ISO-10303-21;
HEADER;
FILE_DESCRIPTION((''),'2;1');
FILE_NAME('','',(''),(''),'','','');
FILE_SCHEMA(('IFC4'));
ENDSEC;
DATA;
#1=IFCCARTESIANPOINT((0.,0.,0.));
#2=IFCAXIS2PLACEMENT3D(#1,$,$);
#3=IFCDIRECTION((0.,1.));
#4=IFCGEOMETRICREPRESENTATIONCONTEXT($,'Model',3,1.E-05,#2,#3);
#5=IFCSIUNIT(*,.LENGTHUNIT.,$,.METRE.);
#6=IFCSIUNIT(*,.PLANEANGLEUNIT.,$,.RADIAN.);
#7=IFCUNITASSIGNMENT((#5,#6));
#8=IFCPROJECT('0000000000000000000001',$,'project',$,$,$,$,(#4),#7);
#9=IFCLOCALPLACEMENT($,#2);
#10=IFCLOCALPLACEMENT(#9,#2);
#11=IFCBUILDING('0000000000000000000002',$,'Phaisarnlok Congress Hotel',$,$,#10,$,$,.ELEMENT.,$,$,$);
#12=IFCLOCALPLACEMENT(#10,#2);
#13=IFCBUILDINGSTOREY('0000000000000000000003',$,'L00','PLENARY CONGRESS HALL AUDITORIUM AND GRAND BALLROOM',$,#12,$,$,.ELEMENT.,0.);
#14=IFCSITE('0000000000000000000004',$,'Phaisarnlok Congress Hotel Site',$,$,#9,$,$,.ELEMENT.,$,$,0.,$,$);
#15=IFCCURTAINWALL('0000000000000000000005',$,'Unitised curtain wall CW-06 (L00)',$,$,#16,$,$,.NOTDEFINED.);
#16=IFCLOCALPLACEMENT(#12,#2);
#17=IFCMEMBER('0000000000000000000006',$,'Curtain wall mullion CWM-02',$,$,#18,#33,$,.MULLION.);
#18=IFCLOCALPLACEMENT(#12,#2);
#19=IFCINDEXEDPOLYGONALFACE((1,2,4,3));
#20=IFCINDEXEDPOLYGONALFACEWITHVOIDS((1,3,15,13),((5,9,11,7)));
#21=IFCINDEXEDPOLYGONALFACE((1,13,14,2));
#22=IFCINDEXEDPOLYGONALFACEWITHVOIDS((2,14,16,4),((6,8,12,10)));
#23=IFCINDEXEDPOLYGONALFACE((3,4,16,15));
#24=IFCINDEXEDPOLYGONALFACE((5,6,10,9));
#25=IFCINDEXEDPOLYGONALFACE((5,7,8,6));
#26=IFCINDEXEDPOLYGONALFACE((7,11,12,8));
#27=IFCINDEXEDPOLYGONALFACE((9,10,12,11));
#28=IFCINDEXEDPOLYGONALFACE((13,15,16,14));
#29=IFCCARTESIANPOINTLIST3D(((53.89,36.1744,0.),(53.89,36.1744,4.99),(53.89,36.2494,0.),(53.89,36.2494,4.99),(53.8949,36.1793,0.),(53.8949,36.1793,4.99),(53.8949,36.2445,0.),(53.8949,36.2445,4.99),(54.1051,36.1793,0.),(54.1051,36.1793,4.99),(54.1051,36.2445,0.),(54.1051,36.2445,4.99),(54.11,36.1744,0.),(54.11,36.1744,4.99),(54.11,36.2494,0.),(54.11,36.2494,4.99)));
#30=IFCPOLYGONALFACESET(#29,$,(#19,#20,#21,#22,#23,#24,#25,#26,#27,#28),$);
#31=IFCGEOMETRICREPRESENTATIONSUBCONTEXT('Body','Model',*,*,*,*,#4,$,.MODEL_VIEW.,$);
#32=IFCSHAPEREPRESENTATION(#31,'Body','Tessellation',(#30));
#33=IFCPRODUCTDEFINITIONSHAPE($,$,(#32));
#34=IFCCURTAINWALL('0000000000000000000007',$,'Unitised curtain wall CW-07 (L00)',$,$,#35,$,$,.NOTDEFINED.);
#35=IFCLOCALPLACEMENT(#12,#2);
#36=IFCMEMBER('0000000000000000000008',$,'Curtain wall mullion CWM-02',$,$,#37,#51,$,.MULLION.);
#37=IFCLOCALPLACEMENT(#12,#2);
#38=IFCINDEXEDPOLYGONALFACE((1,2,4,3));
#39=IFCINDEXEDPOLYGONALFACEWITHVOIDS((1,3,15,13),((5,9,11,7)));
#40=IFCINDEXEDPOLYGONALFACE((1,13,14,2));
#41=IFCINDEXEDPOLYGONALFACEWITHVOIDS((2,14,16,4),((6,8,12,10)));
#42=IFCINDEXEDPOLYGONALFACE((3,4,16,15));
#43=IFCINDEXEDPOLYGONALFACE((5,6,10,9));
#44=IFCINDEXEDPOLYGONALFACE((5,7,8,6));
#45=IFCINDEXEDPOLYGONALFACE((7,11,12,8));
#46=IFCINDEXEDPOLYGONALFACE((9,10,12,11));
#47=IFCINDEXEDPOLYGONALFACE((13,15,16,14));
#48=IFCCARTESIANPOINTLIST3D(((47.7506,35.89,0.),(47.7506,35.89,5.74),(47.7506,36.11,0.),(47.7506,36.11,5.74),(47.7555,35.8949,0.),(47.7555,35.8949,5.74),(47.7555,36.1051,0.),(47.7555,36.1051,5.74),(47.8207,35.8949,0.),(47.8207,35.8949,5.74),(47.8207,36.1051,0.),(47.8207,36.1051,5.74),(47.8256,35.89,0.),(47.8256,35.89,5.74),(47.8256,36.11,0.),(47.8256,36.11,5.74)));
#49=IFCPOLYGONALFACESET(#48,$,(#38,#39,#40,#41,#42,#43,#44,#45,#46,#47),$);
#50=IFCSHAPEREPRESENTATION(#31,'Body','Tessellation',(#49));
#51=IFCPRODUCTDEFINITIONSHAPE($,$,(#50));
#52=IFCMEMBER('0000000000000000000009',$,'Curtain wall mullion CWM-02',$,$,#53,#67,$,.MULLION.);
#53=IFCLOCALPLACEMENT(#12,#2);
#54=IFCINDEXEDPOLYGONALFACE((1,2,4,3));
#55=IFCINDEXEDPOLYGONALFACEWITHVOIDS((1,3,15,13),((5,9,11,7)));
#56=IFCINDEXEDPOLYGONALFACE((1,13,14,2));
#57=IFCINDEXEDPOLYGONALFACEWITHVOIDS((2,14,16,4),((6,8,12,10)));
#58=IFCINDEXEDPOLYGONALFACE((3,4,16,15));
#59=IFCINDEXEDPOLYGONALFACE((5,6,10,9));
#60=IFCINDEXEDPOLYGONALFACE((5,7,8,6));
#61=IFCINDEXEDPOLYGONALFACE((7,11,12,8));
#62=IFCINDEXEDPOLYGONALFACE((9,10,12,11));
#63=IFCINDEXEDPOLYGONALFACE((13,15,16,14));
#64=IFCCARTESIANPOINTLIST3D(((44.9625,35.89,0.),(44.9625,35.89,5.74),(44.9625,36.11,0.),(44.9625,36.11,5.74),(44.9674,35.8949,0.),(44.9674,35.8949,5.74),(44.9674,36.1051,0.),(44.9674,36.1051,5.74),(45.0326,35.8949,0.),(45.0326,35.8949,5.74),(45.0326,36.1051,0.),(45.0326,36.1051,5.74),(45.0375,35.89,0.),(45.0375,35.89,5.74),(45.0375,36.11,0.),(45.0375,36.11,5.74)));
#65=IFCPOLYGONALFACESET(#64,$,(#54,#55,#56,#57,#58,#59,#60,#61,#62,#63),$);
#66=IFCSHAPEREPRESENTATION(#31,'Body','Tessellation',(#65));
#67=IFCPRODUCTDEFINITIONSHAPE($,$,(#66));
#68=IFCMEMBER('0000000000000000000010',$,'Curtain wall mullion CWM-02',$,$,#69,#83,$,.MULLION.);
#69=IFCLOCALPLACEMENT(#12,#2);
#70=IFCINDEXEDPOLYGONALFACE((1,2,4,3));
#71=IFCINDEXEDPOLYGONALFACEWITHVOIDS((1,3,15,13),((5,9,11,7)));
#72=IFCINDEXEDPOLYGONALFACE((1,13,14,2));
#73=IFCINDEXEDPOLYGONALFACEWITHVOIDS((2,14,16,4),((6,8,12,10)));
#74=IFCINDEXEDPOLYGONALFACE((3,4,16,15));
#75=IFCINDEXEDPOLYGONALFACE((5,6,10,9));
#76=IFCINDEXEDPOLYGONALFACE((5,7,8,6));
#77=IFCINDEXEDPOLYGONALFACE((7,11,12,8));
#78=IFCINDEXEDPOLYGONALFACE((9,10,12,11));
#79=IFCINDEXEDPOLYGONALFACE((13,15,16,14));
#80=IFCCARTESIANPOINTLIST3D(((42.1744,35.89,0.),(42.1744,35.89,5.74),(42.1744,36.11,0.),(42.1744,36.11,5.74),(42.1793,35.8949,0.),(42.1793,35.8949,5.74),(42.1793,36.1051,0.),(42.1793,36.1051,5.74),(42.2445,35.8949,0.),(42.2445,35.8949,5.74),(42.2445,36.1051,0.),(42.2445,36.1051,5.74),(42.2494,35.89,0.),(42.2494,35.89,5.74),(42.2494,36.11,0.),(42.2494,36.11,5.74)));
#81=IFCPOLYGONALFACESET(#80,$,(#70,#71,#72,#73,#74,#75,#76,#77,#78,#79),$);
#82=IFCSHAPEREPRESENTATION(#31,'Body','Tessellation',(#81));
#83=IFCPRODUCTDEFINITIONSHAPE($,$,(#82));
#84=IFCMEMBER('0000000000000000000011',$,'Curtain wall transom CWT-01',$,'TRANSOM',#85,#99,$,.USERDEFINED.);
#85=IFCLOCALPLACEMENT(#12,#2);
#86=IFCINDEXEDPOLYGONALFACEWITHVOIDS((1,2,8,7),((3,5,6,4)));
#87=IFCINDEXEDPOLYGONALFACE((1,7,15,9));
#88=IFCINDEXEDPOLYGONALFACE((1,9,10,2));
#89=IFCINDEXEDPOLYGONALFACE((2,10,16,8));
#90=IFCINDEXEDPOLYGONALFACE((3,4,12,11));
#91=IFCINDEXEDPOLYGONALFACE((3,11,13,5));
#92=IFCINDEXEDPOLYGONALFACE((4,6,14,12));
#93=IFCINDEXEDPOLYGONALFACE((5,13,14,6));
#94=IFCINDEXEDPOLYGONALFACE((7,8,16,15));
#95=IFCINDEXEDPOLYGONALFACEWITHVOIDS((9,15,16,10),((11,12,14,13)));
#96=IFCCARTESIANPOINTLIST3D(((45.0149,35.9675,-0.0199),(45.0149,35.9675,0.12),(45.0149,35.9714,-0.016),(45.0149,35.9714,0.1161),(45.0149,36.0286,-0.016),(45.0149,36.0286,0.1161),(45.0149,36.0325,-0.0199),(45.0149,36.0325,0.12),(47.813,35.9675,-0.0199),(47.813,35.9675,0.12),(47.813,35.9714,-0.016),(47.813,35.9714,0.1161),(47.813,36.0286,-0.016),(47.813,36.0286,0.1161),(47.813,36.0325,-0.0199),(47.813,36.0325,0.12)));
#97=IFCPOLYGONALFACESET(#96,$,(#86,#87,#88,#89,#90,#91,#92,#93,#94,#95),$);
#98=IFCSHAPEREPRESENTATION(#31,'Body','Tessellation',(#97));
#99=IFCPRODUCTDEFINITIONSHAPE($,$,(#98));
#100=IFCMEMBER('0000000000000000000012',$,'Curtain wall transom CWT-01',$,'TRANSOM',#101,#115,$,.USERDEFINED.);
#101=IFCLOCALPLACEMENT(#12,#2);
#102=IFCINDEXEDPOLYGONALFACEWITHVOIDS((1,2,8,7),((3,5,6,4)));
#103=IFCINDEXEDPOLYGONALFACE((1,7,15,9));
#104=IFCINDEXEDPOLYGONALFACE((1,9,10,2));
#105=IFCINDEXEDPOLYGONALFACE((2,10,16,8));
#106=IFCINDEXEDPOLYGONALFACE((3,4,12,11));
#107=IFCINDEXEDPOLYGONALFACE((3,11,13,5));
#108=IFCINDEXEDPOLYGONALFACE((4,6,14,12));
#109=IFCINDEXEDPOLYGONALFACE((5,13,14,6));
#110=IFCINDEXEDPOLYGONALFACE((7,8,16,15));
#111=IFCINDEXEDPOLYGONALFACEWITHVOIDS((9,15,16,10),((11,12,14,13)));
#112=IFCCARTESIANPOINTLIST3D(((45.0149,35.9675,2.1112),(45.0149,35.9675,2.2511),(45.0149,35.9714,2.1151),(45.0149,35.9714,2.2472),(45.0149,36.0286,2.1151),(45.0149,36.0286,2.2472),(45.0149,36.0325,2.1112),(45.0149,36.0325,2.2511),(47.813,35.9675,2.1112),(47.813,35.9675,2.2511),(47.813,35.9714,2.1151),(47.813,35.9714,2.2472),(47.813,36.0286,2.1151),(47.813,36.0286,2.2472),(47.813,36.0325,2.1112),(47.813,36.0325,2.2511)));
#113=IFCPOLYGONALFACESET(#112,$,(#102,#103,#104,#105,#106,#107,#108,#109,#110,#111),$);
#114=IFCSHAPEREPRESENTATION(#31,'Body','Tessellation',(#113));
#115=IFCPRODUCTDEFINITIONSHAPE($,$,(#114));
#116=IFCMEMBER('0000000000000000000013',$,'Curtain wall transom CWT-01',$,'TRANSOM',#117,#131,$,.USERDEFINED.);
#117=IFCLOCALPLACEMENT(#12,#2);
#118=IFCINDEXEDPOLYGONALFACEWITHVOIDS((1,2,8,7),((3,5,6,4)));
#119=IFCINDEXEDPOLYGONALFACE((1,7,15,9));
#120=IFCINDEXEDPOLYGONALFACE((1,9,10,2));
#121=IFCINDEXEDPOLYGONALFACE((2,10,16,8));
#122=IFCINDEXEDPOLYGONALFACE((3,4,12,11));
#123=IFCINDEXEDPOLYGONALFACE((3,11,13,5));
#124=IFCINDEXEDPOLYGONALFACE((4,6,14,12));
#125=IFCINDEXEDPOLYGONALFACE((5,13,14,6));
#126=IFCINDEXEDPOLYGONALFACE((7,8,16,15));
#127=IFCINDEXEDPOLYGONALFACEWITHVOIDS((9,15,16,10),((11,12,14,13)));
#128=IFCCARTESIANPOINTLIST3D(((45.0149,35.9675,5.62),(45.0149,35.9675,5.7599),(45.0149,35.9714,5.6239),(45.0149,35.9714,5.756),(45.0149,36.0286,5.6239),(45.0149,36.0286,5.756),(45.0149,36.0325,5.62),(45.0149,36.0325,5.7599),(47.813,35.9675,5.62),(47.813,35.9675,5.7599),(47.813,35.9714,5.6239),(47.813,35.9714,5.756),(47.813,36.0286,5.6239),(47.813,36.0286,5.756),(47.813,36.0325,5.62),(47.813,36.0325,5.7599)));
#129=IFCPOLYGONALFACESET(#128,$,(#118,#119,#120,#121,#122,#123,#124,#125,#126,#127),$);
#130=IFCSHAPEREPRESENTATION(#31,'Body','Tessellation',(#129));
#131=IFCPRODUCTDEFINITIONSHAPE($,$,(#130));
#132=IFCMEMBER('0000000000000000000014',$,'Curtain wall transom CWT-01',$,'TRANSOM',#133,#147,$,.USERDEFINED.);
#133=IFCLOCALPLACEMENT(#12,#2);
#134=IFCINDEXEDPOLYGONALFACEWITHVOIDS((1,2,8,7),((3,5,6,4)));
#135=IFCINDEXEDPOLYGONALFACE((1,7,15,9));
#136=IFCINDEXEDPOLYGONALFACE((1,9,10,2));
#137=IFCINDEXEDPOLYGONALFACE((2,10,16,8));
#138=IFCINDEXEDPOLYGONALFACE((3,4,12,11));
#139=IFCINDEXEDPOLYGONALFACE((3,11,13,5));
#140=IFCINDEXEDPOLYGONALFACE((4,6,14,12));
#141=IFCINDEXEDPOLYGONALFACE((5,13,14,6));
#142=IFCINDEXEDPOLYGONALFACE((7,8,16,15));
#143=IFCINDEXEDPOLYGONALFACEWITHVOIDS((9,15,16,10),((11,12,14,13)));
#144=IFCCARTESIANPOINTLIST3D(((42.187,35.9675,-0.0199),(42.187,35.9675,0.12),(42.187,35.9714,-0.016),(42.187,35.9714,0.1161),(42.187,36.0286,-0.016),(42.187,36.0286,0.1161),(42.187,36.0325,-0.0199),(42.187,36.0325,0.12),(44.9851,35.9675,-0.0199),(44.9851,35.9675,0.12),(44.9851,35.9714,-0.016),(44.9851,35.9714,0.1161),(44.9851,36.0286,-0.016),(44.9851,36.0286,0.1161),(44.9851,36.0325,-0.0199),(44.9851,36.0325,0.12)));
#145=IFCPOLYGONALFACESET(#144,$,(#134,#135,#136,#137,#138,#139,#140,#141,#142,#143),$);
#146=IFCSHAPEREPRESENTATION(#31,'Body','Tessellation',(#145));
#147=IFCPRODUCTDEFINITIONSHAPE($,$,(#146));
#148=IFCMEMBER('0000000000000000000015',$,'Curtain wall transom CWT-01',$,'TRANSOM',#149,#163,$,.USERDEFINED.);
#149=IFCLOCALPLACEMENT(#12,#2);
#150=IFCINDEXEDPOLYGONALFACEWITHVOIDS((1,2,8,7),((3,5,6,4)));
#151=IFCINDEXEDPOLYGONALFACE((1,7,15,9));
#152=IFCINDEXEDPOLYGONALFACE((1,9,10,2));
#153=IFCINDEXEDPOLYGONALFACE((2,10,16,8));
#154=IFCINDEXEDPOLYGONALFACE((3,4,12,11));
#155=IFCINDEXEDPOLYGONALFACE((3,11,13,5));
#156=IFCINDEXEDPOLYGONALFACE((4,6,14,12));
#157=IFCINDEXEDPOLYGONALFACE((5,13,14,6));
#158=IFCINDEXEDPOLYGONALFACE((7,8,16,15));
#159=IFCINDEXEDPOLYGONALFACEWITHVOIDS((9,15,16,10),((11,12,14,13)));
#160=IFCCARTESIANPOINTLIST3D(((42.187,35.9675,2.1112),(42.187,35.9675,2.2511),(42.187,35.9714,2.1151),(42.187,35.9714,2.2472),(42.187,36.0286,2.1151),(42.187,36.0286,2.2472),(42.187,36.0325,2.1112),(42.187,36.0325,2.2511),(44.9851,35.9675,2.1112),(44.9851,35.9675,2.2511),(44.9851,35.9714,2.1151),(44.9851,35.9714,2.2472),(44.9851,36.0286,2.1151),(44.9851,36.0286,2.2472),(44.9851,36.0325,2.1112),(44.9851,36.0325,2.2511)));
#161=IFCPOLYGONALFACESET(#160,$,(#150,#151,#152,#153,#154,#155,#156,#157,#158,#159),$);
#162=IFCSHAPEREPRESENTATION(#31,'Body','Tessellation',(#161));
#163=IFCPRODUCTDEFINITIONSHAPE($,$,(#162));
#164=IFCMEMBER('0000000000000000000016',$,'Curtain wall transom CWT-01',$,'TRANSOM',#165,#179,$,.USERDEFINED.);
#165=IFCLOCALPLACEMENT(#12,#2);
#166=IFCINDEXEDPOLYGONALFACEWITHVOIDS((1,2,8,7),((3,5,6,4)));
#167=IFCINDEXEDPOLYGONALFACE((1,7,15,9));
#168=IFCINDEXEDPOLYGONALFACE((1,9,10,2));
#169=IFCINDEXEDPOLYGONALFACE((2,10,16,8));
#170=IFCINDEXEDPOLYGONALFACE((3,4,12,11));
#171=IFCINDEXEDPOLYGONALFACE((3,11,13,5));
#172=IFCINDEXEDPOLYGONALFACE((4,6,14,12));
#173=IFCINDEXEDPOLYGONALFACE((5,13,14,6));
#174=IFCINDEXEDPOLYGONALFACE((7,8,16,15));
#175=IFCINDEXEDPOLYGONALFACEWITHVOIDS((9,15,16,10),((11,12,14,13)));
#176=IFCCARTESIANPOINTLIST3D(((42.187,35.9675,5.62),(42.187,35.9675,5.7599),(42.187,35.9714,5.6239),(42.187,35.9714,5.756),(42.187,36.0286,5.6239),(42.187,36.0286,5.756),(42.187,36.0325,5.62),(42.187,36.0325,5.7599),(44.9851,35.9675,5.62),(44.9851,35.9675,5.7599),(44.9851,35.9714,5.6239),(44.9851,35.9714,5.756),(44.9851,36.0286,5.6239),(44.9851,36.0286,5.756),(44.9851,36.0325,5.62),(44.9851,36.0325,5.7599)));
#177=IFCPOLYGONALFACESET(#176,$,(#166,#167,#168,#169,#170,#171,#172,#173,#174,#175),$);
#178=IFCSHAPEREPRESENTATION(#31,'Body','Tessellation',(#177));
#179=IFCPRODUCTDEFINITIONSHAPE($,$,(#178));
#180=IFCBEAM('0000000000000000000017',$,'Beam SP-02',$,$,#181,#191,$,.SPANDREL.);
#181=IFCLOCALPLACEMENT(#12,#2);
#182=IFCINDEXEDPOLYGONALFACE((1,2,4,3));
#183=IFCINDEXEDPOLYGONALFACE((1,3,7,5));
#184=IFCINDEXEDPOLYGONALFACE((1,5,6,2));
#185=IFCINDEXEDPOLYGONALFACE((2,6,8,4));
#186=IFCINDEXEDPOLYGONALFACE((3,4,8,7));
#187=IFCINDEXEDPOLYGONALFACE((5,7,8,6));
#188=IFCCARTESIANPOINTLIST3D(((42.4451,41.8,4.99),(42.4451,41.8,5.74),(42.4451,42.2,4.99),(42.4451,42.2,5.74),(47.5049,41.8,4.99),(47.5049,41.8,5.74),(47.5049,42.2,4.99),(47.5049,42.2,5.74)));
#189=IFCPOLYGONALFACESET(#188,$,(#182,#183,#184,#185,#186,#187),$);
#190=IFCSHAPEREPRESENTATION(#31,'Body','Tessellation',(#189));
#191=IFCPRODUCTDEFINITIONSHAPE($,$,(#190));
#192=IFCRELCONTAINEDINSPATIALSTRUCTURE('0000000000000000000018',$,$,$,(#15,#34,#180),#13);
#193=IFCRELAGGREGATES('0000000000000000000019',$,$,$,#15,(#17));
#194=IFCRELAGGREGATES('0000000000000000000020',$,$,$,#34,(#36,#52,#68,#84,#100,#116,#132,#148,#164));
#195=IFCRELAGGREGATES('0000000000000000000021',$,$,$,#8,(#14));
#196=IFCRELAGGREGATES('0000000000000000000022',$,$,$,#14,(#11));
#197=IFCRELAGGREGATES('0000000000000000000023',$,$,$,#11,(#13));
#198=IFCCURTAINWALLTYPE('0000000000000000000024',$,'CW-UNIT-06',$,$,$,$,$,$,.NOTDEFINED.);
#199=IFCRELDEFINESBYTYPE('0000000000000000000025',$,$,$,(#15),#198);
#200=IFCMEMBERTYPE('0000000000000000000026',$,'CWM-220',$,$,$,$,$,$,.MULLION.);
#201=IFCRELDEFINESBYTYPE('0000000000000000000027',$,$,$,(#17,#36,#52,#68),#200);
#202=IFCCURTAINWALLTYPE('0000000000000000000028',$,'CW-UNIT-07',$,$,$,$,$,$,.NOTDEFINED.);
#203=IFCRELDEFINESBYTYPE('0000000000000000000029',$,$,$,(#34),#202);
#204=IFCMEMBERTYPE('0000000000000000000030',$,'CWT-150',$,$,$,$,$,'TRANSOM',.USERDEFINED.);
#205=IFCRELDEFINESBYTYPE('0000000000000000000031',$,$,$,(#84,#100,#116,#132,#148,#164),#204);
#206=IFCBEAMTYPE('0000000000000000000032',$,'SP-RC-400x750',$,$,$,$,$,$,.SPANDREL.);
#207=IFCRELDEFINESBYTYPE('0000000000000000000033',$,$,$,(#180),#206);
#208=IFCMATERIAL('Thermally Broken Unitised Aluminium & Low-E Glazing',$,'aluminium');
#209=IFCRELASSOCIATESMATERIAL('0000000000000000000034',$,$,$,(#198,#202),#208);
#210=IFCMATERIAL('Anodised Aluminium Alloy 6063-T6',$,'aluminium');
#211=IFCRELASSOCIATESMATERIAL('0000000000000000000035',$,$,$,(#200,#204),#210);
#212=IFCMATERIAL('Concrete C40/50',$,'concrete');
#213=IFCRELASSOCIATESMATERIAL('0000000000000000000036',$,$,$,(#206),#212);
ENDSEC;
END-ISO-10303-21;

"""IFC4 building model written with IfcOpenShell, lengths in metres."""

from ifc_helpers import new_model, si_unit, direction, frame, origin, origin_2d, place, context, subcontext, project, spatial, rectangle, hollow_rectangle, extrude, material, material_profile, profile_set, type_object, element, aggregate, save


model = new_model("IFC4")

# Units and contexts
model_context = context("Model", 3, precision=1e-05, world=origin(), true_north=direction((0.0, 1.0)))
body_context = subcontext(model_context, "Body", "Model", "MODEL_VIEW")
ifc_project = project(units=[si_unit("LENGTHUNIT", "METRE"), si_unit("PLANEANGLEUNIT", "RADIAN")], contexts=[model_context])

# Site, building, storey
site_placement = place(None, origin())
site = spatial("IfcSite", under=ifc_project, at=site_placement, Name="Phaisarnlok Congress Hotel Site", CompositionType="ELEMENT", RefElevation=0.0)
building_placement = place(site_placement, origin())
building = spatial("IfcBuilding", under=site, at=building_placement, Name="Phaisarnlok Congress Hotel", CompositionType="ELEMENT")
storey_placement = place(building_placement, origin())
storey = spatial("IfcBuildingStorey", under=building, at=storey_placement, Name="L00", Description="PLENARY CONGRESS HALL AUDITORIUM AND GRAND BALLROOM", CompositionType="ELEMENT", Elevation=0.0)

# Curtain wall, member
ifc_material_1 = material(Name="Thermally Broken Unitised Aluminium & Low-E Glazing", Category="aluminium")
curtain_wall_type_1 = type_object("IfcCurtainWallType", Name="CW-UNIT-06", PredefinedType="NOTDEFINED", material=ifc_material_1)
curtain_wall_1_placement = place(storey_placement, origin())
curtain_wall_1 = element("IfcCurtainWall", 1, at=curtain_wall_1_placement, inside=storey, type_object=curtain_wall_type_1, Name="Unitised curtain wall CW-06 (L00)", PredefinedType="NOTDEFINED")
ifc_material_2 = material(Name="Anodised Aluminium Alloy 6063-T6", Category="aluminium")
ifc_material_profile_1 = material_profile(ifc_material_2, hollow_rectangle(XDim=0.075, YDim=0.22, WallThickness=0.0049, at=origin_2d()), Name="ALU-M 75x220x5")
ifc_profile_set_1 = profile_set([ifc_material_profile_1], Name="Anodised Aluminium Alloy 6063-T6")
member_type_1 = type_object("IfcMemberType", Name="CWM-220", PredefinedType="MULLION", material=ifc_profile_set_1)
member_1_placement = place(storey_placement, frame((54.0, 36.2119, 0.0), z_axis=(0.0, 0.0, 1.0), x_axis=(0.0, -1.0, 0.0)))
member_1 = element("IfcMember", 2, at=member_1_placement, type_object=member_type_1, Name="Curtain wall mullion CWM-02", PredefinedType="MULLION", context=body_context, shape_type="SweptSolid", body=[
    extrude(hollow_rectangle(XDim=0.075, YDim=0.22, WallThickness=0.0049, at=origin_2d()), origin(), (0.0, 0.0, 1.0), 4.99),
])
aggregate(curtain_wall_1, [member_1])

# Curtain wall, members
curtain_wall_type_2 = type_object("IfcCurtainWallType", Name="CW-UNIT-07", PredefinedType="NOTDEFINED", material=ifc_material_1)
curtain_wall_2_placement = place(storey_placement, origin())
curtain_wall_2 = element("IfcCurtainWall", 3, at=curtain_wall_2_placement, inside=storey, type_object=curtain_wall_type_2, Name="Unitised curtain wall CW-07 (L00)", PredefinedType="NOTDEFINED")
member_2_placement = place(storey_placement, frame((47.7881, 36.0, 0.0), z_axis=(0.0, 0.0, 1.0), x_axis=(-1.0, 0.0, 0.0)))
member_2 = element("IfcMember", 4, at=member_2_placement, type_object=member_type_1, Name="Curtain wall mullion CWM-02", PredefinedType="MULLION", context=body_context, shape_type="SweptSolid", body=[
    extrude(hollow_rectangle(XDim=0.075, YDim=0.22, WallThickness=0.0049, at=origin_2d()), origin(), (0.0, 0.0, 1.0), 5.74),
])
member_3_placement = place(storey_placement, frame((45.0, 36.0, 0.0), z_axis=(0.0, 0.0, 1.0), x_axis=(-1.0, 0.0, 0.0)))
member_3 = element("IfcMember", 5, at=member_3_placement, type_object=member_type_1, Name="Curtain wall mullion CWM-02", PredefinedType="MULLION", context=body_context, shape_type="SweptSolid", body=[
    extrude(hollow_rectangle(XDim=0.075, YDim=0.22, WallThickness=0.0049, at=origin_2d()), origin(), (0.0, 0.0, 1.0), 5.74),
])
member_4_placement = place(storey_placement, frame((42.2119, 36.0, 0.0), z_axis=(0.0, 0.0, 1.0), x_axis=(-1.0, 0.0, 0.0)))
member_4 = element("IfcMember", 6, at=member_4_placement, type_object=member_type_1, Name="Curtain wall mullion CWM-02", PredefinedType="MULLION", context=body_context, shape_type="SweptSolid", body=[
    extrude(hollow_rectangle(XDim=0.075, YDim=0.22, WallThickness=0.0049, at=origin_2d()), origin(), (0.0, 0.0, 1.0), 5.74),
])
ifc_material_profile_2 = material_profile(ifc_material_2, hollow_rectangle(XDim=0.0649, YDim=0.1399, WallThickness=0.0039, at=origin_2d()), Name="ALU-T 65x140x4")
ifc_profile_set_2 = profile_set([ifc_material_profile_2], Name="Anodised Aluminium Alloy 6063-T6")
member_type_2 = type_object("IfcMemberType", Name="CWT-150", ElementType="TRANSOM", PredefinedType="USERDEFINED", material=ifc_profile_set_2)
member_5_placement = place(storey_placement, frame((47.813, 36.0, 0.05), z_axis=(-1.0, 0.0, 0.0), x_axis=(0.0, -1.0, 0.0)))
member_5 = element("IfcMember", 7, at=member_5_placement, type_object=member_type_2, Name="Curtain wall transom CWT-01", ObjectType="TRANSOM", PredefinedType="USERDEFINED", context=body_context, shape_type="SweptSolid", body=[
    extrude(hollow_rectangle(XDim=0.0649, YDim=0.1399, WallThickness=0.0039, at=origin_2d()), origin(), (0.0, 0.0, 1.0), 2.7981),
])
member_6_placement = place(storey_placement, frame((47.813, 36.0, 2.1812), z_axis=(-1.0, 0.0, 0.0), x_axis=(0.0, -1.0, 0.0)))
member_6 = element("IfcMember", 8, at=member_6_placement, type_object=member_type_2, Name="Curtain wall transom CWT-01", ObjectType="TRANSOM", PredefinedType="USERDEFINED", context=body_context, shape_type="SweptSolid", body=[
    extrude(hollow_rectangle(XDim=0.0649, YDim=0.1399, WallThickness=0.0039, at=origin_2d()), origin(), (0.0, 0.0, 1.0), 2.7981),
])
member_7_placement = place(storey_placement, frame((47.813, 36.0, 5.6899), z_axis=(-1.0, 0.0, 0.0), x_axis=(0.0, -1.0, 0.0)))
member_7 = element("IfcMember", 9, at=member_7_placement, type_object=member_type_2, Name="Curtain wall transom CWT-01", ObjectType="TRANSOM", PredefinedType="USERDEFINED", context=body_context, shape_type="SweptSolid", body=[
    extrude(hollow_rectangle(XDim=0.0649, YDim=0.1399, WallThickness=0.0039, at=origin_2d()), origin(), (0.0, 0.0, 1.0), 2.7981),
])
member_8_placement = place(storey_placement, frame((44.9851, 36.0, 0.05), z_axis=(-1.0, 0.0, 0.0), x_axis=(0.0, -1.0, 0.0)))
member_8 = element("IfcMember", 10, at=member_8_placement, type_object=member_type_2, Name="Curtain wall transom CWT-01", ObjectType="TRANSOM", PredefinedType="USERDEFINED", context=body_context, shape_type="SweptSolid", body=[
    extrude(hollow_rectangle(XDim=0.0649, YDim=0.1399, WallThickness=0.0039, at=origin_2d()), origin(), (0.0, 0.0, 1.0), 2.7981),
])
member_9_placement = place(storey_placement, frame((44.9851, 36.0, 2.1812), z_axis=(-1.0, 0.0, 0.0), x_axis=(0.0, -1.0, 0.0)))
member_9 = element("IfcMember", 11, at=member_9_placement, type_object=member_type_2, Name="Curtain wall transom CWT-01", ObjectType="TRANSOM", PredefinedType="USERDEFINED", context=body_context, shape_type="SweptSolid", body=[
    extrude(hollow_rectangle(XDim=0.0649, YDim=0.1399, WallThickness=0.0039, at=origin_2d()), origin(), (0.0, 0.0, 1.0), 2.7981),
])
member_10_placement = place(storey_placement, frame((44.9851, 36.0, 5.6899), z_axis=(-1.0, 0.0, 0.0), x_axis=(0.0, -1.0, 0.0)))
member_10 = element("IfcMember", 12, at=member_10_placement, type_object=member_type_2, Name="Curtain wall transom CWT-01", ObjectType="TRANSOM", PredefinedType="USERDEFINED", context=body_context, shape_type="SweptSolid", body=[
    extrude(hollow_rectangle(XDim=0.0649, YDim=0.1399, WallThickness=0.0039, at=origin_2d()), origin(), (0.0, 0.0, 1.0), 2.7981),
])

# Beam
ifc_material_3 = material(Name="Concrete C40/50", Category="concrete")
ifc_material_profile_3 = material_profile(ifc_material_3, rectangle(XDim=0.3999, YDim=0.75, at=origin_2d()), Name="RC 400x750")
ifc_profile_set_3 = profile_set([ifc_material_profile_3], Name="Concrete C40/50")
beam_type = type_object("IfcBeamType", Name="SP-RC-400x750", PredefinedType="SPANDREL", material=ifc_profile_set_3)
for number, where, z_axis, x_axis, name in (
    (13, (42.4451, 42.0, 5.365), (1.0, 0.0, 0.0), (0.0, 1.0, 0.0), "Beam SP-02"),
):
    element("IfcBeam", number, at=place(storey_placement, frame(where, z_axis=z_axis, x_axis=x_axis)), inside=storey, type_object=beam_type, Name=name, PredefinedType="SPANDREL", context=body_context, shape_type="SweptSolid", body=[
        extrude(rectangle(XDim=0.3999, YDim=0.75, at=origin_2d()), origin(), (0.0, 0.0, 1.0), 5.0598),
    ])

aggregate(curtain_wall_2, [member_2, member_3, member_4, member_5, member_6, member_7, member_8, member_9, member_10])

save(model, "model.ifc")
